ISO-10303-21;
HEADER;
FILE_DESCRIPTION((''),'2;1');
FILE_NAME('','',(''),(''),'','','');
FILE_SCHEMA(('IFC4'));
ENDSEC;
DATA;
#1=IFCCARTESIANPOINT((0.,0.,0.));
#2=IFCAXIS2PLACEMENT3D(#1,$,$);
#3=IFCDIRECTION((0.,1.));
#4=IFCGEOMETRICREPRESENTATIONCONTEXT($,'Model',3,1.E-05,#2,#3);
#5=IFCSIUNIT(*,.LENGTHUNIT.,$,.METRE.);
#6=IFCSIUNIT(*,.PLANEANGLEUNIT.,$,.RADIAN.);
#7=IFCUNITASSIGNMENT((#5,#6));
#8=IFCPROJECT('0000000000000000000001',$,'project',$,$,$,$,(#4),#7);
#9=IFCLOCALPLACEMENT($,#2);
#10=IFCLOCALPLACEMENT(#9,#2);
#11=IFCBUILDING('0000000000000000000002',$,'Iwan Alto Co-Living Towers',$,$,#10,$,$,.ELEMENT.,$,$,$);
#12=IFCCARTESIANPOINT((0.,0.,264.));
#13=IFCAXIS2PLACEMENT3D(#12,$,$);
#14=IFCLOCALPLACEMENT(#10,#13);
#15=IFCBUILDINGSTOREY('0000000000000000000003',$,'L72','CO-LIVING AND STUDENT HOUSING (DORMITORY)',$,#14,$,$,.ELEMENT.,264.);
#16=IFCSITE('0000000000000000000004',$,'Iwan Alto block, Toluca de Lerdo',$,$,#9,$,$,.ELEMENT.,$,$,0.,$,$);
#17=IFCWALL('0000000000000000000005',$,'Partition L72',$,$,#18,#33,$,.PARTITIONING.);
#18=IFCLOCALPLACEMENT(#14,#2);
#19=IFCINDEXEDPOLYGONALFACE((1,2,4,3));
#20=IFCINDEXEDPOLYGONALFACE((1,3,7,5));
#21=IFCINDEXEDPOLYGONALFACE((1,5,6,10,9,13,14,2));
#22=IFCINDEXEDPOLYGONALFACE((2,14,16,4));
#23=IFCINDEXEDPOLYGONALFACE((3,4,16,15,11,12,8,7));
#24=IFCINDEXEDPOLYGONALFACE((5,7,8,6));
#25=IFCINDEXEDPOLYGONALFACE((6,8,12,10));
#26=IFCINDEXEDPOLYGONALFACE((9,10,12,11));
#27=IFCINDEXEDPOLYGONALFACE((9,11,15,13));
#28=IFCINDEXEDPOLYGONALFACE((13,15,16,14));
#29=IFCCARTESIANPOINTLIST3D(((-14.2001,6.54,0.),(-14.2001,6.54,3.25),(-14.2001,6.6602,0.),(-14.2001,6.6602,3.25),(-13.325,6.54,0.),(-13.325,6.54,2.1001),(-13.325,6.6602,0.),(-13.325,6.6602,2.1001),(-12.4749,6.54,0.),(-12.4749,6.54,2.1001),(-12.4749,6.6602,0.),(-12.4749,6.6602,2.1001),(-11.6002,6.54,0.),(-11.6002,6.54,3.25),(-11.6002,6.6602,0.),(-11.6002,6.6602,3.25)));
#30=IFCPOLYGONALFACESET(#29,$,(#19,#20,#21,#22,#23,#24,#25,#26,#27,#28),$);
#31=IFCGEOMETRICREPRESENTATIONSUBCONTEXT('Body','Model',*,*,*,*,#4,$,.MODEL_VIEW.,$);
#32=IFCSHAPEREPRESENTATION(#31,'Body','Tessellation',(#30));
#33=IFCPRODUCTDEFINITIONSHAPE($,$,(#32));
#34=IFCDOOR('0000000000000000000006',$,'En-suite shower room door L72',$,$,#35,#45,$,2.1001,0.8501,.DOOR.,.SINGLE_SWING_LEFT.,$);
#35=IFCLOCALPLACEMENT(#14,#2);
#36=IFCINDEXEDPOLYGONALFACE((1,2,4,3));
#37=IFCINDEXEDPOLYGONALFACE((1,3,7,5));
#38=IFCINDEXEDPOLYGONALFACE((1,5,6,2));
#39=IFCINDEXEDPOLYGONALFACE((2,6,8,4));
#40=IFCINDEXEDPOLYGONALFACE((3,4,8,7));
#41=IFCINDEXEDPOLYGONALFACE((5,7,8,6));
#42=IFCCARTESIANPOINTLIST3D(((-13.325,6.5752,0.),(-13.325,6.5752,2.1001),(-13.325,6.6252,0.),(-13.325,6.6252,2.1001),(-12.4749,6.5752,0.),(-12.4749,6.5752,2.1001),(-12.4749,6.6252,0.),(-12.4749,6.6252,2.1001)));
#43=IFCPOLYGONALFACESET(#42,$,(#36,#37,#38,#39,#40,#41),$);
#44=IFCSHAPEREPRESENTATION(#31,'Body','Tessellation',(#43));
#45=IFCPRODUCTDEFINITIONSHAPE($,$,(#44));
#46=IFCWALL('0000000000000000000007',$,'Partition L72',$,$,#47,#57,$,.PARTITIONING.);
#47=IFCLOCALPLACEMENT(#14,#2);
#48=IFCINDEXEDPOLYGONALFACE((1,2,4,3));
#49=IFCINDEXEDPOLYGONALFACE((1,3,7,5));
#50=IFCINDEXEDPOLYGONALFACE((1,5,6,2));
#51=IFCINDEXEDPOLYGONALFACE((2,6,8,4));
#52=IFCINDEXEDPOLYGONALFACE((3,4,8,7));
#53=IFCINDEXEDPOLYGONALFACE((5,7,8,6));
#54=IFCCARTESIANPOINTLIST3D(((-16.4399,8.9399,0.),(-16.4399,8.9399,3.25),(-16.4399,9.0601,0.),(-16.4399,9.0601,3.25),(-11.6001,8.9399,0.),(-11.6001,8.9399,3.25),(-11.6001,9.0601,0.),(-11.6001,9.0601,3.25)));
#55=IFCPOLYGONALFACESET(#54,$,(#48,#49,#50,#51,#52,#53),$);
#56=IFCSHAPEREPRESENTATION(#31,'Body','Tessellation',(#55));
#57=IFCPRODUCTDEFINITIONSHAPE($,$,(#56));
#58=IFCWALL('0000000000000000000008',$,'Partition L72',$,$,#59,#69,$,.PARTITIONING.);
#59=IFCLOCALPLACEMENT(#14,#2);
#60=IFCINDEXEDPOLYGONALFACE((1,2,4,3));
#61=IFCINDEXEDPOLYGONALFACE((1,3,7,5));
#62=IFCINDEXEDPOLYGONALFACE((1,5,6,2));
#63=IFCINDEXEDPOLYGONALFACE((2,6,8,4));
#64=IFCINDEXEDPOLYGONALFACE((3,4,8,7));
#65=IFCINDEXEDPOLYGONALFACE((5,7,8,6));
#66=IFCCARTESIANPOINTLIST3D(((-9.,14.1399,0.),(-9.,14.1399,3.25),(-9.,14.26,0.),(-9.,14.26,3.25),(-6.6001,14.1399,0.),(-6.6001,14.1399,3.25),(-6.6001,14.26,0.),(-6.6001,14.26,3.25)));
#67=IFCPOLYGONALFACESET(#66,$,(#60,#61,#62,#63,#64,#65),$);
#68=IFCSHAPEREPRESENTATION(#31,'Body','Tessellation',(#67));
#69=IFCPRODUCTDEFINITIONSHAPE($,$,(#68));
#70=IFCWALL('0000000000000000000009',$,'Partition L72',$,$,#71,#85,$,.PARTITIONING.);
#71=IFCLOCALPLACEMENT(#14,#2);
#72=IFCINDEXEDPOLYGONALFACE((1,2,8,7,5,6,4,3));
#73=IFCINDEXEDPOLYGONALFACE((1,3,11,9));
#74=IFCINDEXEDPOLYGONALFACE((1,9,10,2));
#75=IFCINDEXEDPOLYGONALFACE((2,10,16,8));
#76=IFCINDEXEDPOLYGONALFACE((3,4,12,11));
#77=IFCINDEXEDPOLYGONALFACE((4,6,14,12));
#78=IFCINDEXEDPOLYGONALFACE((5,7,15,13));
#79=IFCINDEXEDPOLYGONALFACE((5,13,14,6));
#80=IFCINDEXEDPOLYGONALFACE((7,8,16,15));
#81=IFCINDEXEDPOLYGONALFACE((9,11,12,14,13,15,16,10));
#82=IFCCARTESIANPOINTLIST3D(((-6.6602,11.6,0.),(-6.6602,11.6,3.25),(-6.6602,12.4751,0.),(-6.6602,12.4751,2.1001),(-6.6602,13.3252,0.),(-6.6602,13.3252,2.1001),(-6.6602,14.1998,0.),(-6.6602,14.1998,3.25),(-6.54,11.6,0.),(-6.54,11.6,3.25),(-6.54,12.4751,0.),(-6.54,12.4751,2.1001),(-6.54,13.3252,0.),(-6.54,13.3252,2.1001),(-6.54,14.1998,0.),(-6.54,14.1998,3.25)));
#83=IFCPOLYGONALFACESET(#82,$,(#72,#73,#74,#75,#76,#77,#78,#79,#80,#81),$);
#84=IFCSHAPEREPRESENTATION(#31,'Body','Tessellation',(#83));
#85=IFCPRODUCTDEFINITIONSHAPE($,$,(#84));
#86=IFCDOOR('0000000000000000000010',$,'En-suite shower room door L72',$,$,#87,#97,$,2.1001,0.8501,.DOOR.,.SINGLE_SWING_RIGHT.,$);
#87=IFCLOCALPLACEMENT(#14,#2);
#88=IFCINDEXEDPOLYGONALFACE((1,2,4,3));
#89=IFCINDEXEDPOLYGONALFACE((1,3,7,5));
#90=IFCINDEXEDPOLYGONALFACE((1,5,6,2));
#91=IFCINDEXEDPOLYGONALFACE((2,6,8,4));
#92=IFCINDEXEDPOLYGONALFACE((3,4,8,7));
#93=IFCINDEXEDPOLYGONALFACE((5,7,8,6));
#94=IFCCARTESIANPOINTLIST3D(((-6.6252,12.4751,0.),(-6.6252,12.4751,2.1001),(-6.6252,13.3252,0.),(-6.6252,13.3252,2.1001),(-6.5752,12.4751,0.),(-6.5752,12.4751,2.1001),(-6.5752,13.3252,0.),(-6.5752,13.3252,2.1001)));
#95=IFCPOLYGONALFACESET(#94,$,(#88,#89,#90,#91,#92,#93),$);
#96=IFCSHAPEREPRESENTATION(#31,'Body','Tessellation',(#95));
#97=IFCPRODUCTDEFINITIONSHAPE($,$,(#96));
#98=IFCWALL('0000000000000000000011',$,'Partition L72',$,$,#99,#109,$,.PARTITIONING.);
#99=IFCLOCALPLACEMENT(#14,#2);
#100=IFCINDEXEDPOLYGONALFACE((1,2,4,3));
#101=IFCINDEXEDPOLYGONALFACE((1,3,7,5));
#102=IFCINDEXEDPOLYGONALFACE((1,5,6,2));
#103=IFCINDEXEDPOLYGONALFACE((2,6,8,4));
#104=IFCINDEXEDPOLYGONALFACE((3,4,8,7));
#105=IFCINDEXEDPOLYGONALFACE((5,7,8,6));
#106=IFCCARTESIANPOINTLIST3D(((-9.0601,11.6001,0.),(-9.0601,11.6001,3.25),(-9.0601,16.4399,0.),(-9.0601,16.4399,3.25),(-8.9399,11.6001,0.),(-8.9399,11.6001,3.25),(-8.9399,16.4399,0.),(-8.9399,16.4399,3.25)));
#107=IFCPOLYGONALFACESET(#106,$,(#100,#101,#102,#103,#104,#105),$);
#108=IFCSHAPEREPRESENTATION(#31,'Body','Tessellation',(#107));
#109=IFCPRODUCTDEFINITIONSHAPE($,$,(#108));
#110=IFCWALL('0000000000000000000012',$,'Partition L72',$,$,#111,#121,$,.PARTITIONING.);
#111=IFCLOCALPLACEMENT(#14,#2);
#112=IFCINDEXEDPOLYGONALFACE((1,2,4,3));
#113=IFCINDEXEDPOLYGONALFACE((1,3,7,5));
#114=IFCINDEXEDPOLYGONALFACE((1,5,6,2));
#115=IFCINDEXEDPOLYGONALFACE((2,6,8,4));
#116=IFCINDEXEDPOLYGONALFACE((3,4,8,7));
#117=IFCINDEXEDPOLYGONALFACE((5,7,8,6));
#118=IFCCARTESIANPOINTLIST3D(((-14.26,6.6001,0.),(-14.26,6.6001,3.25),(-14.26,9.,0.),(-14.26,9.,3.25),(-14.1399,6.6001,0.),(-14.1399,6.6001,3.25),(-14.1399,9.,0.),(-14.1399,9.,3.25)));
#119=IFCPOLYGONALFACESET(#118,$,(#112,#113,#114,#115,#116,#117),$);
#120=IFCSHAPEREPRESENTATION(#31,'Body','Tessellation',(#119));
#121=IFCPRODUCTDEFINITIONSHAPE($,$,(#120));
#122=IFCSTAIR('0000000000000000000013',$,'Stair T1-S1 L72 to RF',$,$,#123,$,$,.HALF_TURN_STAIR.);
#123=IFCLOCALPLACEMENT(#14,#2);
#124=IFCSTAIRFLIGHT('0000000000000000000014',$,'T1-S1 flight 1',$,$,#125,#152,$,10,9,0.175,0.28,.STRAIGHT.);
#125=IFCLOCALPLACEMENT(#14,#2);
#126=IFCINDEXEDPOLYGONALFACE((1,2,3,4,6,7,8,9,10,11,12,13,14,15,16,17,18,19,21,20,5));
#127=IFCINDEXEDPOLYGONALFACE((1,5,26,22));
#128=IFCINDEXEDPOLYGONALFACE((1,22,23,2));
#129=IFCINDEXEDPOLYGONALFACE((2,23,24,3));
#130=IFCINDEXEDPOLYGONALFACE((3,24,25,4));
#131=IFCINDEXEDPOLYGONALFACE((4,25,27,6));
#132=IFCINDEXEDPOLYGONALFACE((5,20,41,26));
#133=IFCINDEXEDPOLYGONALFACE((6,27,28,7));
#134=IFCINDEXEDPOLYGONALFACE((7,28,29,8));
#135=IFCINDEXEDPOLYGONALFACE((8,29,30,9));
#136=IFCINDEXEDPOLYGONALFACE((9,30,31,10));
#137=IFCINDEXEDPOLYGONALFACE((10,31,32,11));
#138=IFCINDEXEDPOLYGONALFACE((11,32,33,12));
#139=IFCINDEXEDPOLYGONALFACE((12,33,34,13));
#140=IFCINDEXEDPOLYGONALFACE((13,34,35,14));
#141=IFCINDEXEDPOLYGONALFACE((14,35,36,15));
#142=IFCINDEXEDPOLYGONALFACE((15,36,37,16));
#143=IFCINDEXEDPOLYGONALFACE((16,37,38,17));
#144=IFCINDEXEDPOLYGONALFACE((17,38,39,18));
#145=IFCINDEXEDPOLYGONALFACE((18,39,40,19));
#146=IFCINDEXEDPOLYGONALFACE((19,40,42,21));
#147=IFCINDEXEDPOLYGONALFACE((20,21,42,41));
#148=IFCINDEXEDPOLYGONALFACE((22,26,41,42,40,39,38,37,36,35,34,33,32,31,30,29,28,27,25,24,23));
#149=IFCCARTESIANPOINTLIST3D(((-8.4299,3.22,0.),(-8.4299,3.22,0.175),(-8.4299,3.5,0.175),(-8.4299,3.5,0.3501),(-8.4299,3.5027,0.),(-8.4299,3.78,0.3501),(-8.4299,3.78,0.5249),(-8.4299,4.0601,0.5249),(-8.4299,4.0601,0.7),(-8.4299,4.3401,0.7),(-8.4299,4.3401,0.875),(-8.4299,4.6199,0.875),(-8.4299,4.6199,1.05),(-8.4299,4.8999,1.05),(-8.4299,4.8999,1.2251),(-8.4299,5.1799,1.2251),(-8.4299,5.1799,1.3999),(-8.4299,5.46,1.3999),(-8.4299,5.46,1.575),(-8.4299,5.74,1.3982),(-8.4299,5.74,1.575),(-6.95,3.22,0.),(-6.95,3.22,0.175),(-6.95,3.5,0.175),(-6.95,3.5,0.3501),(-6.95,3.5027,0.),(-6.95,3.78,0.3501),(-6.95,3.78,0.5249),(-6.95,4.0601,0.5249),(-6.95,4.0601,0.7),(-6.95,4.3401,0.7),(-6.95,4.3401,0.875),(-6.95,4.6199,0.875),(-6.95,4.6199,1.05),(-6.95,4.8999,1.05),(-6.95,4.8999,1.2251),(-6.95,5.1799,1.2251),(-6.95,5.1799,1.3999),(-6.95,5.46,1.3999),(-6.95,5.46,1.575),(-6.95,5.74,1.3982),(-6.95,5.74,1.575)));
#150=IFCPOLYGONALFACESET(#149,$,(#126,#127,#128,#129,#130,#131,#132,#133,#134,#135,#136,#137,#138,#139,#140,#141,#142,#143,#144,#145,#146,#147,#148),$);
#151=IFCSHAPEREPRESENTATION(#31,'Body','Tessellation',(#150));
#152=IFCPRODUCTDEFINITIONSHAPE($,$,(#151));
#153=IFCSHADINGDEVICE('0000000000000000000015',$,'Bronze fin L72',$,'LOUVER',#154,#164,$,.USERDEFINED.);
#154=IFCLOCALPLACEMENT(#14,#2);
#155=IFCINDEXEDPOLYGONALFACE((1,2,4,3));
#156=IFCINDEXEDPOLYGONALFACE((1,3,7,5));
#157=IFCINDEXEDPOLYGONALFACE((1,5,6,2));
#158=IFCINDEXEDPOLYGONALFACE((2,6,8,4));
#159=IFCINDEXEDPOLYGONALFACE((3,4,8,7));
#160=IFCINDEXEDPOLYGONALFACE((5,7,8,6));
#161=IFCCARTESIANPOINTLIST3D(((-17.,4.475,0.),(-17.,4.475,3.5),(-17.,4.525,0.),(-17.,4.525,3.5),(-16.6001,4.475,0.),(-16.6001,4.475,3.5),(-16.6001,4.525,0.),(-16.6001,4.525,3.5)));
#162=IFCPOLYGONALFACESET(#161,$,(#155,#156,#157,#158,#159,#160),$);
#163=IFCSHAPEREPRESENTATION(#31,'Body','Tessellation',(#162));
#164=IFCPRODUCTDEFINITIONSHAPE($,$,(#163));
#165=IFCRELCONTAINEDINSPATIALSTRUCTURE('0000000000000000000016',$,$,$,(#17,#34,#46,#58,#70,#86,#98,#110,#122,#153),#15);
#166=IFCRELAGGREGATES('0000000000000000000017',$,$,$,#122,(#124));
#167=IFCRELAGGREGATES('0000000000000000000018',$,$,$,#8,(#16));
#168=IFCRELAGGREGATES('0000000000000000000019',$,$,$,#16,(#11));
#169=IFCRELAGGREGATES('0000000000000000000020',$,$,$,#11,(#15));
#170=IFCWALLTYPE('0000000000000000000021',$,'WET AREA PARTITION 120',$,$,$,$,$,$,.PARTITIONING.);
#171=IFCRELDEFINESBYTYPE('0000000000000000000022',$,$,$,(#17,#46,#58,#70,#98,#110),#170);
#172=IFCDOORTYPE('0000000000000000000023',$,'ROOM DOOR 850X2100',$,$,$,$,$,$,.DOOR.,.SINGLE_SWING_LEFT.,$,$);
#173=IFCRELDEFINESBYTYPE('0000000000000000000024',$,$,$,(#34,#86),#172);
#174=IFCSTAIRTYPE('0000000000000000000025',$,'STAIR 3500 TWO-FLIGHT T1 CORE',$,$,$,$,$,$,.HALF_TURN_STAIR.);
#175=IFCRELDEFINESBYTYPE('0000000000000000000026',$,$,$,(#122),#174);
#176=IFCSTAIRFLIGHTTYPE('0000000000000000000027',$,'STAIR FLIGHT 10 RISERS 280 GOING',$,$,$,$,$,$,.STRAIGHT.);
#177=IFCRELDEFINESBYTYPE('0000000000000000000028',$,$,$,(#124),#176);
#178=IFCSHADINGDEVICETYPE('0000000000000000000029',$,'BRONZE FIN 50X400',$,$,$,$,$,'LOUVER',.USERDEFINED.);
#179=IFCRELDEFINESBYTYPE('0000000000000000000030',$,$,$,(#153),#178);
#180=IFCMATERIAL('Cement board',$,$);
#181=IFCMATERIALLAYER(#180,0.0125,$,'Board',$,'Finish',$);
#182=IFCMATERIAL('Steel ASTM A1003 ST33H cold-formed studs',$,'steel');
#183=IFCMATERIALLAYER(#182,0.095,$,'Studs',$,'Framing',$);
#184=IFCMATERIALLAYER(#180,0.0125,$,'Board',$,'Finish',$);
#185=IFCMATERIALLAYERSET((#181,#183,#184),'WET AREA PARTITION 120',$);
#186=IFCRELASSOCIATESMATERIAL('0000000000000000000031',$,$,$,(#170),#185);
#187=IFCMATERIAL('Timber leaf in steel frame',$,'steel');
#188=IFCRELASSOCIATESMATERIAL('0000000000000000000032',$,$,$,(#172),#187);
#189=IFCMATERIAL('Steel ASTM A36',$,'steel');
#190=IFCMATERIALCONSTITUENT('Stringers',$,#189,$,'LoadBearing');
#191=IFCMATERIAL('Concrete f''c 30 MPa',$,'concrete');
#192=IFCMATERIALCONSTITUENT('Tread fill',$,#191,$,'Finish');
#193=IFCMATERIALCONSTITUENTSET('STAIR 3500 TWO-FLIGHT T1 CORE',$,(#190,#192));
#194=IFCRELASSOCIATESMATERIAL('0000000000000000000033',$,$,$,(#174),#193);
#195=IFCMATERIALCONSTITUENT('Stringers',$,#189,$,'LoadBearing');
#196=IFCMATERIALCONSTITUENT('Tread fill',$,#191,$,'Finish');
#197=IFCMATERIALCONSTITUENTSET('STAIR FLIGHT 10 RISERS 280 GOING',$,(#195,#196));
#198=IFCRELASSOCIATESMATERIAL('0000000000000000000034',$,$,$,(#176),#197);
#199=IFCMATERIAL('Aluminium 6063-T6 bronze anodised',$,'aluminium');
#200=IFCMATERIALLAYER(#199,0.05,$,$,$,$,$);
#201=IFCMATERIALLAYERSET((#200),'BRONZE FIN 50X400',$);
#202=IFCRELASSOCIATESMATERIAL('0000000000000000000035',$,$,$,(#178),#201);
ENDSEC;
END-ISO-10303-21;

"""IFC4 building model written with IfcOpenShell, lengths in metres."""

from ifc_helpers import new_model, si_unit, direction, frame, frame_2d, origin, origin_2d, place, context, subcontext, project, spatial, polyline, rectangle, outline, extrude, material, layer, layer_set, constituent, constituent_set, type_object, element, fill, aggregate, save


model = new_model("IFC4")

# Units and contexts
model_context = context("Model", 3, precision=1e-05, world=origin(), true_north=direction((0.0, 1.0)))
body_context = subcontext(model_context, "Body", "Model", "MODEL_VIEW")
ifc_project = project(units=[si_unit("LENGTHUNIT", "METRE"), si_unit("PLANEANGLEUNIT", "RADIAN")], contexts=[model_context])

# Site, building, storey
site_placement = place(None, origin())
site = spatial("IfcSite", under=ifc_project, at=site_placement, Name="Iwan Alto block, Toluca de Lerdo", CompositionType="ELEMENT", RefElevation=0.0)
building_placement = place(site_placement, origin())
building = spatial("IfcBuilding", under=site, at=building_placement, Name="Iwan Alto Co-Living Towers", CompositionType="ELEMENT")
storey_placement = place(building_placement, frame((0.0, 0.0, 264.0)))
storey = spatial("IfcBuildingStorey", under=building, at=storey_placement, Name="L72", Description="CO-LIVING AND STUDENT HOUSING (DORMITORY)", CompositionType="ELEMENT", Elevation=264.0)

# Shared definitions
ifc_material_1 = material(Name="Steel ASTM A1003 ST33H cold-formed studs", Category="steel")

# Wall, opening, door
ifc_material_2 = material(Name="Cement board")
ifc_layer_1 = layer(ifc_material_2, 0.0125, Name="Board", Category="Finish")
ifc_layer_2 = layer(ifc_material_1, 0.095, Name="Studs", Category="Framing")
ifc_layer_3 = layer(ifc_material_2, 0.0125, Name="Board", Category="Finish")
ifc_layer_set_1 = layer_set([ifc_layer_1, ifc_layer_2, ifc_layer_3], Name="WET AREA PARTITION 120")
wall_type_1 = type_object("IfcWallType", Name="WET AREA PARTITION 120", PredefinedType="PARTITIONING", material=ifc_layer_set_1)
wall_1_placement = place(storey_placement, frame((-14.2, 6.6001, 0.0), z_axis=(0.0, 0.0, 1.0), x_axis=(1.0, 0.0, 0.0)))
wall_1 = element("IfcWall", 1, at=wall_1_placement, inside=storey, type_object=wall_type_1, Name="Partition L72", PredefinedType="PARTITIONING", context=body_context, shape_type="SweptSolid", body=[
    extrude(rectangle(XDim=2.5999, YDim=0.1201, at=frame_2d((1.2998, 0.0))), origin(), (0.0, 0.0, 1.0), 3.25),
])
opening_1_placement = place(wall_1_placement, frame((0.875, 0.0, 0.0)))
opening_1 = element("IfcOpeningElement", 2, at=opening_1_placement, cuts=wall_1, PredefinedType="OPENING", context=body_context, shape_type="SweptSolid", body=[
    extrude(rectangle(XDim=0.8501, YDim=2.1001, at=frame_2d((0.425, 1.05))), frame((0.0, 0.0701, 0.0), z_axis=(0.0, -1.0, 0.0), x_axis=(1.0, 0.0, 0.0)), (0.0, 0.0, 1.0), 0.1401),
])
ifc_material_3 = material(Name="Timber leaf in steel frame", Category="steel")
door_type_1 = type_object("IfcDoorType", Name="ROOM DOOR 850X2100", OperationType="SINGLE_SWING_LEFT", PredefinedType="DOOR", material=ifc_material_3)
door_1_placement = place(opening_1_placement, frame((0.8501, 0.0, 0.0), z_axis=(0.0, 0.0, 1.0), x_axis=(-1.0, 0.0, 0.0)))
door_1 = element("IfcDoor", 3, at=door_1_placement, inside=storey, type_object=door_type_1, Name="En-suite shower room door L72", OperationType="SINGLE_SWING_LEFT", OverallHeight=2.1001, OverallWidth=0.8501, PredefinedType="DOOR", context=body_context, shape_type="SweptSolid", body=[
    extrude(rectangle(XDim=0.8501, YDim=2.1001, at=frame_2d((0.425, 1.05))), frame((0.0, 0.0249, 0.0), z_axis=(0.0, -1.0, 0.0), x_axis=(1.0, 0.0, 0.0)), (0.0, 0.0, 1.0), 0.05),
])
fill(opening_1, door_1)

# Walls
wall_2_placement = place(storey_placement, frame((-16.4399, 9.0, 0.0), z_axis=(0.0, 0.0, 1.0), x_axis=(1.0, 0.0, 0.0)))
element("IfcWall", 4, at=wall_2_placement, inside=storey, type_object=wall_type_1, Name="Partition L72", PredefinedType="PARTITIONING", context=body_context, shape_type="SweptSolid", body=[
    extrude(rectangle(XDim=4.8398, YDim=0.1201, at=frame_2d((2.4199, 0.0))), origin(), (0.0, 0.0, 1.0), 3.25),
])
wall_3_placement = place(storey_placement, frame((-9.0, 14.2, 0.0), z_axis=(0.0, 0.0, 1.0), x_axis=(1.0, 0.0, 0.0)))
element("IfcWall", 5, at=wall_3_placement, inside=storey, type_object=wall_type_1, Name="Partition L72", PredefinedType="PARTITIONING", context=body_context, shape_type="SweptSolid", body=[
    extrude(rectangle(XDim=2.3999, YDim=0.1201, at=frame_2d((1.2, 0.0))), origin(), (0.0, 0.0, 1.0), 3.25),
])

# Wall, opening, door
wall_4_placement = place(storey_placement, frame((-6.6001, 11.6001, 0.0), z_axis=(0.0, 0.0, 1.0), x_axis=(0.0, 1.0, 0.0)))
wall_4 = element("IfcWall", 6, at=wall_4_placement, inside=storey, type_object=wall_type_1, Name="Partition L72", PredefinedType="PARTITIONING", context=body_context, shape_type="SweptSolid", body=[
    extrude(rectangle(XDim=2.5999, YDim=0.1201, at=frame_2d((1.2998, 0.0))), origin(), (0.0, 0.0, 1.0), 3.25),
])
opening_2_placement = place(wall_4_placement, frame((0.875, 0.0, 0.0)))
opening_2 = element("IfcOpeningElement", 7, at=opening_2_placement, cuts=wall_4, PredefinedType="OPENING", context=body_context, shape_type="SweptSolid", body=[
    extrude(rectangle(XDim=0.8501, YDim=2.1001, at=frame_2d((0.425, 1.05))), frame((0.0, 0.0701, 0.0), z_axis=(0.0, -1.0, 0.0), x_axis=(1.0, 0.0, 0.0)), (0.0, 0.0, 1.0), 0.1401),
])
door_2_placement = place(opening_2_placement, frame((0.8501, 0.0, 0.0), z_axis=(0.0, 0.0, 1.0), x_axis=(-1.0, 0.0, 0.0)))
door_2 = element("IfcDoor", 8, at=door_2_placement, inside=storey, type_object=door_type_1, Name="En-suite shower room door L72", OperationType="SINGLE_SWING_RIGHT", OverallHeight=2.1001, OverallWidth=0.8501, PredefinedType="DOOR", context=body_context, shape_type="SweptSolid", body=[
    extrude(rectangle(XDim=0.8501, YDim=2.1001, at=frame_2d((0.425, 1.05))), frame((0.0, 0.0249, 0.0), z_axis=(0.0, -1.0, 0.0), x_axis=(1.0, 0.0, 0.0)), (0.0, 0.0, 1.0), 0.05),
])
fill(opening_2, door_2)

# Walls
wall_5_placement = place(storey_placement, frame((-9.0, 11.6001, 0.0), z_axis=(0.0, 0.0, 1.0), x_axis=(0.0, 1.0, 0.0)))
element("IfcWall", 9, at=wall_5_placement, inside=storey, type_object=wall_type_1, Name="Partition L72", PredefinedType="PARTITIONING", context=body_context, shape_type="SweptSolid", body=[
    extrude(rectangle(XDim=4.8398, YDim=0.1201, at=frame_2d((2.4199, 0.0))), origin(), (0.0, 0.0, 1.0), 3.25),
])
wall_6_placement = place(storey_placement, frame((-14.2, 6.6001, 0.0), z_axis=(0.0, 0.0, 1.0), x_axis=(0.0, 1.0, 0.0)))
element("IfcWall", 10, at=wall_6_placement, inside=storey, type_object=wall_type_1, Name="Partition L72", PredefinedType="PARTITIONING", context=body_context, shape_type="SweptSolid", body=[
    extrude(rectangle(XDim=2.3999, YDim=0.1201, at=frame_2d((1.2, 0.0))), origin(), (0.0, 0.0, 1.0), 3.25),
])

# Stair, stair flight
ifc_material_4 = material(Name="Steel ASTM A36", Category="steel")
ifc_constituent_1 = constituent(ifc_material_4, Name="Stringers", Category="LoadBearing")
ifc_material_5 = material(Name="Concrete f'c 30 MPa", Category="concrete")
ifc_constituent_2 = constituent(ifc_material_5, Name="Tread fill", Category="Finish")
ifc_constituent_set_1 = constituent_set(constituents=[ifc_constituent_1, ifc_constituent_2], Name="STAIR 3500 TWO-FLIGHT T1 CORE")
stair_type = type_object("IfcStairType", Name="STAIR 3500 TWO-FLIGHT T1 CORE", PredefinedType="HALF_TURN_STAIR", material=ifc_constituent_set_1)
stair_placement = place(storey_placement, origin())
stair = element("IfcStair", 11, at=stair_placement, inside=storey, type_object=stair_type, Name="Stair T1-S1 L72 to RF", PredefinedType="HALF_TURN_STAIR")
ifc_constituent_3 = constituent(ifc_material_4, Name="Stringers", Category="LoadBearing")
ifc_constituent_4 = constituent(ifc_material_5, Name="Tread fill", Category="Finish")
ifc_constituent_set_2 = constituent_set(constituents=[ifc_constituent_3, ifc_constituent_4], Name="STAIR FLIGHT 10 RISERS 280 GOING")
stair_flight_type = type_object("IfcStairFlightType", Name="STAIR FLIGHT 10 RISERS 280 GOING", PredefinedType="STRAIGHT", material=ifc_constituent_set_2)
stair_flight_placement = place(storey_placement, frame((-7.6899, 3.22, 0.0), z_axis=(0.0, 0.0, 1.0), x_axis=(0.0, 1.0, 0.0)))
stair_flight = element("IfcStairFlight", 12, at=stair_flight_placement, type_object=stair_flight_type, Name="T1-S1 flight 1", NumberOfRisers=10, NumberOfTreads=9, PredefinedType="STRAIGHT", RiserHeight=0.175, TreadLength=0.28, context=body_context, shape_type="SweptSolid", body=[
    extrude(outline(polyline([(0.0, 0.0), (0.0, 0.175), (0.28, 0.175), (0.28, 0.3501), (0.5601, 0.3501), (0.5601, 0.5249), (0.8401, 0.5249), (0.8401, 0.7), (1.1201, 0.7), (1.1201, 0.875), (1.3999, 0.875), (1.3999, 1.05), (1.6799, 1.05), (1.6799, 1.2251), (1.96, 1.2251), (1.96, 1.3999), (2.24, 1.3999), (2.24, 1.575), (2.52, 1.575), (2.52, 1.75), (2.52, 1.3982), (0.2827, 0.0), (0.0, 0.0)])), frame((0.0, 0.74, 0.0), z_axis=(0.0, -1.0, 0.0), x_axis=(1.0, 0.0, 0.0)), (0.0, 0.0, 1.0), 1.48),
])
aggregate(stair, [stair_flight])

# Shading device
ifc_material_6 = material(Name="Aluminium 6063-T6 bronze anodised", Category="aluminium")
ifc_layer_4 = layer(ifc_material_6, 0.05)
ifc_layer_set_2 = layer_set([ifc_layer_4], Name="BRONZE FIN 50X400")
shading_device_type = type_object("IfcShadingDeviceType", Name="BRONZE FIN 50X400", ElementType="LOUVER", PredefinedType="USERDEFINED", material=ifc_layer_set_2)
shading_device_placement = place(storey_placement, frame((-16.8, 4.5, 0.0), z_axis=(0.0, 0.0, 1.0), x_axis=(0.0, -1.0, 0.0)))
element("IfcShadingDevice", 13, at=shading_device_placement, inside=storey, type_object=shading_device_type, Name="Bronze fin L72", ObjectType="LOUVER", PredefinedType="USERDEFINED", context=body_context, shape_type="SweptSolid", body=[
    extrude(rectangle(XDim=0.05, YDim=0.3999, at=origin_2d()), origin(), (0.0, 0.0, 1.0), 3.5),
])

save(model, "model.ifc")
